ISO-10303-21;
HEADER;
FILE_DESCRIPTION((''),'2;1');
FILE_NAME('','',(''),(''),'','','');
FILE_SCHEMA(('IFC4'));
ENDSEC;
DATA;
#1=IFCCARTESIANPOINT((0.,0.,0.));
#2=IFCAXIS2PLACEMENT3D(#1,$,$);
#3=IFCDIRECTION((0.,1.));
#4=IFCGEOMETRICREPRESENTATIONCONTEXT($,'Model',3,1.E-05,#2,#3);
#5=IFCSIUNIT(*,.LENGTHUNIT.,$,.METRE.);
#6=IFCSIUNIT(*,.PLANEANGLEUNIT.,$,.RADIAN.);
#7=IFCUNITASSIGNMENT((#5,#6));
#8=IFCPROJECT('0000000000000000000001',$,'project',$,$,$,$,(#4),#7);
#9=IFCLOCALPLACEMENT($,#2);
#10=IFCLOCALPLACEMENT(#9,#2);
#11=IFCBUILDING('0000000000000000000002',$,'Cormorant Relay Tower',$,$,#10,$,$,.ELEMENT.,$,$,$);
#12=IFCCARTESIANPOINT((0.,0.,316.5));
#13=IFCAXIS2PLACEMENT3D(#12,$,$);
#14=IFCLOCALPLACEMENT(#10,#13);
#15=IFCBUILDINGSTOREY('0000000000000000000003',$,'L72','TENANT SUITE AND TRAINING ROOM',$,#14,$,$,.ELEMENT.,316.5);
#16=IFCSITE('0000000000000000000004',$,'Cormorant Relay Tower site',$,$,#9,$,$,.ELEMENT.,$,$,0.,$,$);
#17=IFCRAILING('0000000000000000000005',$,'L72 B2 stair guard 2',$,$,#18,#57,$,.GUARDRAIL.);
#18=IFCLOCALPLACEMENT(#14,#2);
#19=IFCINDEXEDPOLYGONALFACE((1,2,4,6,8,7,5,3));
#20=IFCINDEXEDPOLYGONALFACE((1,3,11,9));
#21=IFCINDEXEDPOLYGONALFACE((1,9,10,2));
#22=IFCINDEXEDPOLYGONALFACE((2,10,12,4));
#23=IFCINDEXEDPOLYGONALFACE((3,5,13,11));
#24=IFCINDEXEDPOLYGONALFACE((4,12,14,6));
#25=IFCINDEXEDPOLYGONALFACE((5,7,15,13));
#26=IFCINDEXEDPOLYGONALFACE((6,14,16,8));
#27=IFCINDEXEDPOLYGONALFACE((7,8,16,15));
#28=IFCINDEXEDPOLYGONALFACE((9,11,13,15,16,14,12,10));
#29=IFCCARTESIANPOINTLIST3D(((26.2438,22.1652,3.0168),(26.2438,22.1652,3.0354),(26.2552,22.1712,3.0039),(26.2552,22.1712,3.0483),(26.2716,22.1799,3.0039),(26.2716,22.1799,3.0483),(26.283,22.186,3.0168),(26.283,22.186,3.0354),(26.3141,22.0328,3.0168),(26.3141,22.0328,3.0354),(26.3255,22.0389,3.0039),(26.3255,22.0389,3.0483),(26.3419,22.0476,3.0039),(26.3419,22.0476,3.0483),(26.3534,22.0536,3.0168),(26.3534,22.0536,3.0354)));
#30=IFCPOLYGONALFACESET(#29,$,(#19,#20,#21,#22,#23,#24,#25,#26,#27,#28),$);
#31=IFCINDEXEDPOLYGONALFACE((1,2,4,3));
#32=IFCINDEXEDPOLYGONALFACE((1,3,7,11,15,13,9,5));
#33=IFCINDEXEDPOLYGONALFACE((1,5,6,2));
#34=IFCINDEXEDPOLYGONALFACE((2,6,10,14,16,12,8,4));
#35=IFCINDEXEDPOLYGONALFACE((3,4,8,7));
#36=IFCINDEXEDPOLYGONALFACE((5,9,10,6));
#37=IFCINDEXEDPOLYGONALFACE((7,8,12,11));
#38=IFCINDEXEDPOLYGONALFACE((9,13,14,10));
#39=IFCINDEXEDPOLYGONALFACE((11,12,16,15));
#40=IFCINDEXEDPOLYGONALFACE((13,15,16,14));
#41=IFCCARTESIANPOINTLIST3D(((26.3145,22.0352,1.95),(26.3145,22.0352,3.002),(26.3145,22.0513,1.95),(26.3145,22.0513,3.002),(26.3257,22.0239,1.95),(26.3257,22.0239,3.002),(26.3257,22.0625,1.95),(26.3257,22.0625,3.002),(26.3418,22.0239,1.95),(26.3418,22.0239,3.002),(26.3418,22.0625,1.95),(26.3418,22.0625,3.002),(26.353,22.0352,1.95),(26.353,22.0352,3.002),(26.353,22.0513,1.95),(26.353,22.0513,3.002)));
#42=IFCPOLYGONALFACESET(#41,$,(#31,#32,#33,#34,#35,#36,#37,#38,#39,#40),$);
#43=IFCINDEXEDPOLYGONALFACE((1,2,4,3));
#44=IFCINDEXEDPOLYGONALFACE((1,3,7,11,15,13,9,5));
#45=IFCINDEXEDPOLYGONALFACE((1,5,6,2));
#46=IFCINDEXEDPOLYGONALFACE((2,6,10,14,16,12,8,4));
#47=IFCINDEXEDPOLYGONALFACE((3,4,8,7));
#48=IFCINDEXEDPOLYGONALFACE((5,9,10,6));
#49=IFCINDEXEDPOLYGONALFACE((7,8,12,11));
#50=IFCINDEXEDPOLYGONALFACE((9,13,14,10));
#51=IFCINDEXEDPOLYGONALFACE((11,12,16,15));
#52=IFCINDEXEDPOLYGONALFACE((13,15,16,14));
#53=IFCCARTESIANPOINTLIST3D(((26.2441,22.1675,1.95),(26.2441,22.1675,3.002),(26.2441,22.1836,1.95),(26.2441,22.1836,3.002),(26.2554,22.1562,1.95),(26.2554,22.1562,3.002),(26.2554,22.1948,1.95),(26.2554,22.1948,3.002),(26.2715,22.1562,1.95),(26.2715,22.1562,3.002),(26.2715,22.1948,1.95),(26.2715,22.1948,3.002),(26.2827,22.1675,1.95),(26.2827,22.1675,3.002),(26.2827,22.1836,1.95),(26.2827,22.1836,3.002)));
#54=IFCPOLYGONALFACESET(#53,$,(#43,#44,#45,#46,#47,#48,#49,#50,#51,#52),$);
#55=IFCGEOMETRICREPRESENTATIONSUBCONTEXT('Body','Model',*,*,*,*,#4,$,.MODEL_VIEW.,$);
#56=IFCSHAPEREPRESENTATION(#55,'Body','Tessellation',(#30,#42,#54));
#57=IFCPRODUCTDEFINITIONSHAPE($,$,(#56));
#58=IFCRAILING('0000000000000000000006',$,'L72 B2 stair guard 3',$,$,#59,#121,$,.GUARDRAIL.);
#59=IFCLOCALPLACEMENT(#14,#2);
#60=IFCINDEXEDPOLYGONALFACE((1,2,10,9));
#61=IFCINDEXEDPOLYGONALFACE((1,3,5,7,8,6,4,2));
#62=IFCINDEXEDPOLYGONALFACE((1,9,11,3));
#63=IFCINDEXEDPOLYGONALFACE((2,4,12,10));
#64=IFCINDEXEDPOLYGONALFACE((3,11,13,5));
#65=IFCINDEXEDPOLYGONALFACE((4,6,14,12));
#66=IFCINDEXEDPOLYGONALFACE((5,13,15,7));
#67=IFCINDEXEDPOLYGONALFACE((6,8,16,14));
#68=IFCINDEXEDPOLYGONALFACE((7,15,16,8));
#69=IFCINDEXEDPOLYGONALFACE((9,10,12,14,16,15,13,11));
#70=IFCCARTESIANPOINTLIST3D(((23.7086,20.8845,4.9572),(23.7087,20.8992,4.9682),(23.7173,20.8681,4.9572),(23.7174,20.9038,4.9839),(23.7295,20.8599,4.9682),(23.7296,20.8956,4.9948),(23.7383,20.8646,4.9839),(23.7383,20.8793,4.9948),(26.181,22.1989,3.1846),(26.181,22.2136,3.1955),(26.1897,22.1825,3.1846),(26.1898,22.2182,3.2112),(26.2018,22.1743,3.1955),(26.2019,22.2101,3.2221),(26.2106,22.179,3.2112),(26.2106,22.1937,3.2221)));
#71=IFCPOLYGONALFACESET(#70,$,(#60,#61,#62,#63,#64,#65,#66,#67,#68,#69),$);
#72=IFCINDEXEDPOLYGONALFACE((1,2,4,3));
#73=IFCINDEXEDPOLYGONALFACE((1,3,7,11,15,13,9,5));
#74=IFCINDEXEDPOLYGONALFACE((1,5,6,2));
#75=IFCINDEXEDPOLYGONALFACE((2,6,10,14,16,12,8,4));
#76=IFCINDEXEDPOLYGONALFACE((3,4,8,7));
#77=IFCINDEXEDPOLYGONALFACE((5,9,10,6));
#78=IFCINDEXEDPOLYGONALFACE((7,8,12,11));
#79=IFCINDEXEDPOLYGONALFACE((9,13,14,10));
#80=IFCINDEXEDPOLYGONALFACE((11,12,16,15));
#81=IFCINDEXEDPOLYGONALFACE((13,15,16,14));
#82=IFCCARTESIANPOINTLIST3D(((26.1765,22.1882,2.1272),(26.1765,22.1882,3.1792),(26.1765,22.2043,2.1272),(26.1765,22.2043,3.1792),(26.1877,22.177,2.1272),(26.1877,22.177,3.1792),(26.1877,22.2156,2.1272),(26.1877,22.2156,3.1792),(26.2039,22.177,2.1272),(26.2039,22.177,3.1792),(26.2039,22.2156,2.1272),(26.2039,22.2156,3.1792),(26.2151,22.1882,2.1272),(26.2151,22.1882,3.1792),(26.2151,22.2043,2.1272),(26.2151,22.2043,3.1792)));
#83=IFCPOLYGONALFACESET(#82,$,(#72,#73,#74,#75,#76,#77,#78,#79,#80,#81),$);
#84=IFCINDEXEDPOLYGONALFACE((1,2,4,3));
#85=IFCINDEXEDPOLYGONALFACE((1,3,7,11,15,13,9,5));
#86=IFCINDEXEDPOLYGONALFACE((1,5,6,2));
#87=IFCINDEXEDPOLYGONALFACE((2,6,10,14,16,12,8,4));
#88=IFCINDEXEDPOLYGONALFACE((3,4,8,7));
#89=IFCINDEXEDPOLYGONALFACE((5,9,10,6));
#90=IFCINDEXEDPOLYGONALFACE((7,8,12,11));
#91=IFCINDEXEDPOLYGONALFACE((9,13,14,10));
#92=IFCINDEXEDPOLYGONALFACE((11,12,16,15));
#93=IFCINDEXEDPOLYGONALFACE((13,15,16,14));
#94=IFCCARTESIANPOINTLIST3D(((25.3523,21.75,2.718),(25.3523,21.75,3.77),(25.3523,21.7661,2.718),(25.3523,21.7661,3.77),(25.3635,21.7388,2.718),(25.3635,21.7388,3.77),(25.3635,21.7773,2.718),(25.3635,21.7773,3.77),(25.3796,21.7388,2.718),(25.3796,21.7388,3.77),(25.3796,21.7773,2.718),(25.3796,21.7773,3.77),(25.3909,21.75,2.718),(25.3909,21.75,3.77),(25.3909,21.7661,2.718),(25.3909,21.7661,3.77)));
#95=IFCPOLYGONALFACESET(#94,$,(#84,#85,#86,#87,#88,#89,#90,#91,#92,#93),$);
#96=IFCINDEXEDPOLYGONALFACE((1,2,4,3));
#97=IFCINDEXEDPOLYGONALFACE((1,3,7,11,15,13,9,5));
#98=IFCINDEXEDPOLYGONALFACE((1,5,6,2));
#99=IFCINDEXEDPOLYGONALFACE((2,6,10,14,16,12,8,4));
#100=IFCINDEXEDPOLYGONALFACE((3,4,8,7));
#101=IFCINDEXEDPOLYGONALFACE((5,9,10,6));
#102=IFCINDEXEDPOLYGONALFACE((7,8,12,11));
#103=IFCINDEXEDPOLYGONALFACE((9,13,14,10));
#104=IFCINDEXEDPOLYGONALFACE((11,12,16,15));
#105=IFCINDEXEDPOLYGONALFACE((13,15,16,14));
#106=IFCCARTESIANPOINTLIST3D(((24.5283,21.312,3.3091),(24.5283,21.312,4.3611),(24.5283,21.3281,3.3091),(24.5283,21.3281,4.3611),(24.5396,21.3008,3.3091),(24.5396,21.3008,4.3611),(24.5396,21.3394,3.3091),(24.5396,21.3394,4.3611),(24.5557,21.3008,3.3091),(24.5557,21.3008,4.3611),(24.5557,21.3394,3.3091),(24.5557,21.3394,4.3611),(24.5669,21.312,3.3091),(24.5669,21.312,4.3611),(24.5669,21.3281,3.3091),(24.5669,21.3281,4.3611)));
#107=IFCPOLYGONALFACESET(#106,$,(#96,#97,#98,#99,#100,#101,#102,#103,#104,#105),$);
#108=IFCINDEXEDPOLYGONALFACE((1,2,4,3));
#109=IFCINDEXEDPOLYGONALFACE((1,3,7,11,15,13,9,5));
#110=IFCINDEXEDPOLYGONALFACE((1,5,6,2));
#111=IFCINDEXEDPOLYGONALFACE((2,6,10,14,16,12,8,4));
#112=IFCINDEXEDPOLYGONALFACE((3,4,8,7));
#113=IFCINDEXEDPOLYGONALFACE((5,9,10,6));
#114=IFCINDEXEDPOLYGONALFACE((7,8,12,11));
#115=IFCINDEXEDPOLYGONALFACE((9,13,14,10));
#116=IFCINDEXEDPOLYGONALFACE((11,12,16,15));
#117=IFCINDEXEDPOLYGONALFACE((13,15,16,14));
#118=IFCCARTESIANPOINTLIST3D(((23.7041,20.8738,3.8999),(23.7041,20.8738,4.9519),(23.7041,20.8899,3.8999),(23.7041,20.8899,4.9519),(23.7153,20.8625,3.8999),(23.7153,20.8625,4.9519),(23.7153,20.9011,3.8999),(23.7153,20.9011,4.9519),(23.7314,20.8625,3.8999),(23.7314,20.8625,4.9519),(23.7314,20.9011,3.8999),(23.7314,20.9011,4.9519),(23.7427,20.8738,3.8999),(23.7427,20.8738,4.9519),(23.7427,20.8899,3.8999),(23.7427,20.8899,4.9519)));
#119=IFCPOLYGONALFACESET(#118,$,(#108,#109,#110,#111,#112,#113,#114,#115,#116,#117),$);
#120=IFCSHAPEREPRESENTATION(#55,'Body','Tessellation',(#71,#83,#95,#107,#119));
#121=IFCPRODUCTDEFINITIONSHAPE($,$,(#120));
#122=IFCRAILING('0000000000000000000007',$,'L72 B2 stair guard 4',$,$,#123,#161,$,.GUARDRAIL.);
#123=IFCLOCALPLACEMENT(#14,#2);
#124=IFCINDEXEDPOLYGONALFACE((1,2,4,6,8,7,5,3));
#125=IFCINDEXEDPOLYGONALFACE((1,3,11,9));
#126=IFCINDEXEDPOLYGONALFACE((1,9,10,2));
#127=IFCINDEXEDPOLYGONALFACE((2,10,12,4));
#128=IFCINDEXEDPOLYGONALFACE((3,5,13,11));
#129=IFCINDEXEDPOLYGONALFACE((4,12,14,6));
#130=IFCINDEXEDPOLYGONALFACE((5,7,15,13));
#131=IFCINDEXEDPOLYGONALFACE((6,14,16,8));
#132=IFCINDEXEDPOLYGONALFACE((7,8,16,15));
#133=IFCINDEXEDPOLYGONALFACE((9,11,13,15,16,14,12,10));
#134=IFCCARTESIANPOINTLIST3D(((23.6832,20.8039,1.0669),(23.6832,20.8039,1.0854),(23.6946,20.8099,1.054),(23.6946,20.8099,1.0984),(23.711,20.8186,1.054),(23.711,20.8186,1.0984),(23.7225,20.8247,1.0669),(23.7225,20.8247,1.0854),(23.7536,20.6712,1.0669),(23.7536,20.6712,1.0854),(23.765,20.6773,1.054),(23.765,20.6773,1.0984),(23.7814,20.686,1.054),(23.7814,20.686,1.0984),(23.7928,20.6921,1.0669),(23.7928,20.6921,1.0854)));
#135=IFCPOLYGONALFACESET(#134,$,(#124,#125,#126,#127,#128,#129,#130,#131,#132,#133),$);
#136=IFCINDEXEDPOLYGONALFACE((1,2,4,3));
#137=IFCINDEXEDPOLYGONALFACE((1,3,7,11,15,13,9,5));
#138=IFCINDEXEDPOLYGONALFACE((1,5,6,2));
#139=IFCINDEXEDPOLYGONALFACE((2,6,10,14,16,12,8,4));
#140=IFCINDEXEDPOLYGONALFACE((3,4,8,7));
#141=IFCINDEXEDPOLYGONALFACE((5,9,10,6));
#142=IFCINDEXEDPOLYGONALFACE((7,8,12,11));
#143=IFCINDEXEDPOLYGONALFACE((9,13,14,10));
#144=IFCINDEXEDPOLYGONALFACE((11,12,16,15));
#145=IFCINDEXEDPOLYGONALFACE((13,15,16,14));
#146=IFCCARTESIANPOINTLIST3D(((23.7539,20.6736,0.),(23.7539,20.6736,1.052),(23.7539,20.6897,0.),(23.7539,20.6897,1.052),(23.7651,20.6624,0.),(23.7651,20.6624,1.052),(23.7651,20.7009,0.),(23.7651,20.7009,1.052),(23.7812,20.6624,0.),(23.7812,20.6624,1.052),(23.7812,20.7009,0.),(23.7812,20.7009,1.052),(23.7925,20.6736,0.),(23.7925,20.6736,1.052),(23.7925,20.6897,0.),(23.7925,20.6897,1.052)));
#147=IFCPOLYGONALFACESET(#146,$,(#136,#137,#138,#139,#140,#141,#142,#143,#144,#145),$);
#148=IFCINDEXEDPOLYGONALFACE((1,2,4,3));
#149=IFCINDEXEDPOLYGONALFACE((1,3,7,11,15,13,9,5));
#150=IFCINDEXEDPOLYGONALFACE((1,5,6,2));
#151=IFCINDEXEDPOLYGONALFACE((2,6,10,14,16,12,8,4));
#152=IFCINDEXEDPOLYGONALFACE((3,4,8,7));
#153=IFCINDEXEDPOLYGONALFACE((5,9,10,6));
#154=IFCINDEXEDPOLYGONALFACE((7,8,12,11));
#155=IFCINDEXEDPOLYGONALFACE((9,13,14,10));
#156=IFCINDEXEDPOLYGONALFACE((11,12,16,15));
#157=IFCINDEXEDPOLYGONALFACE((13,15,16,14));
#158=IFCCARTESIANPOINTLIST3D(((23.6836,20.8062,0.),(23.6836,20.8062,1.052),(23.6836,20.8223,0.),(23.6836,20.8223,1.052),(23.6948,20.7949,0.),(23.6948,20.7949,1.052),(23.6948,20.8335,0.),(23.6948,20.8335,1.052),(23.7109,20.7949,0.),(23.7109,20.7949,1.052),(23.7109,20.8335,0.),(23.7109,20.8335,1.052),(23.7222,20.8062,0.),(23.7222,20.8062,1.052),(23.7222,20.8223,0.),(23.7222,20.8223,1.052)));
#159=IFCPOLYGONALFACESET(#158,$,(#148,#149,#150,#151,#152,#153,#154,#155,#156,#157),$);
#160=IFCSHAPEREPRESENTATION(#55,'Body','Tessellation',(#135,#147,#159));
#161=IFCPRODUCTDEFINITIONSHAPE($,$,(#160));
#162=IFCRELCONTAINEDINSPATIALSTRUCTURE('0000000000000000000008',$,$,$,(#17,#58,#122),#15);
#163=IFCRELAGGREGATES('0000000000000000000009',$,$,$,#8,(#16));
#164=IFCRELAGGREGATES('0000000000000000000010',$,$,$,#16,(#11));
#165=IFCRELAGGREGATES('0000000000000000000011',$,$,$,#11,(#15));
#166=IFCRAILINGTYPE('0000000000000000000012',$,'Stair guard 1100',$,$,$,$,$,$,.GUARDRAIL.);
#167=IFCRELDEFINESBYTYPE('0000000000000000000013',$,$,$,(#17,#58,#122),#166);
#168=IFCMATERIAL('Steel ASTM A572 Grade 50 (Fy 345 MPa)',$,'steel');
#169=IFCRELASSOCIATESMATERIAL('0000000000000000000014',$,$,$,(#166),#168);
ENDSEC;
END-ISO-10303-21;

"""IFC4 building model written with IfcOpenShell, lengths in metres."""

from ifc_helpers import new_model, si_unit, direction, frame, origin, place, context, subcontext, project, spatial, polyline, outline, extrude, material, type_object, element, save


model = new_model("IFC4")

# Units and contexts
model_context = context("Model", 3, precision=1e-05, world=origin(), true_north=direction((0.0, 1.0)))
body_context = subcontext(model_context, "Body", "Model", "MODEL_VIEW")
ifc_project = project(units=[si_unit("LENGTHUNIT", "METRE"), si_unit("PLANEANGLEUNIT", "RADIAN")], contexts=[model_context])

# Site, building, storey
site_placement = place(None, origin())
site = spatial("IfcSite", under=ifc_project, at=site_placement, Name="Cormorant Relay Tower site", CompositionType="ELEMENT", RefElevation=0.0)
building_placement = place(site_placement, origin())
building = spatial("IfcBuilding", under=site, at=building_placement, Name="Cormorant Relay Tower", CompositionType="ELEMENT")
storey_placement = place(building_placement, frame((0.0, 0.0, 316.5)))
storey = spatial("IfcBuildingStorey", under=building, at=storey_placement, Name="L72", Description="TENANT SUITE AND TRAINING ROOM", CompositionType="ELEMENT", Elevation=316.5)

# Railings
ifc_material_1 = material(Name="Steel ASTM A572 Grade 50 (Fy 345 MPa)", Category="steel")
railing_type_1 = type_object("IfcRailingType", Name="Stair guard 1100", PredefinedType="GUARDRAIL", material=ifc_material_1)
railing_1_placement = place(storey_placement, frame((26.3337, 22.0432, 1.95)))
element("IfcRailing", 1, at=railing_1_placement, inside=storey, type_object=railing_type_1, Name="L72 B2 stair guard 2", PredefinedType="GUARDRAIL", context=body_context, shape_type="SweptSolid", body=[
    extrude(outline(polyline([(0.0222, 0.0093), (0.0093, 0.0222), (-0.0093, 0.0222), (-0.0222, 0.0093), (-0.0222, -0.0093), (-0.0093, -0.0222), (0.0093, -0.0222), (0.0222, -0.0093), (0.0222, 0.0093)])), frame((0.0, 0.0, 1.0762), z_axis=(-0.469235, 0.883074, 0.0), x_axis=(-0.883074, -0.469235, 0.0)), (0.0, 0.0, 1.0), 0.1499),
    extrude(outline(polyline([(0.0193, 0.0081), (0.0081, 0.0193), (-0.0081, 0.0193), (-0.0193, 0.0081), (-0.0193, -0.0081), (-0.0081, -0.0193), (0.0081, -0.0193), (0.0193, -0.0081), (0.0193, 0.0081)])), origin(), (0.0, 0.0, 1.0), 1.052),
    extrude(outline(polyline([(0.0193, 0.0081), (0.0081, 0.0193), (-0.0081, 0.0193), (-0.0193, 0.0081), (-0.0193, -0.0081), (-0.0081, -0.0193), (0.0081, -0.0193), (0.0193, -0.0081), (0.0193, 0.0081)])), frame((-0.0703, 0.1323, 0.0)), (0.0, 0.0, 1.0), 1.052),
])
railing_2_placement = place(storey_placement, frame((26.1958, 22.1963, 2.1272)))
element("IfcRailing", 2, at=railing_2_placement, inside=storey, type_object=railing_type_1, Name="L72 B2 stair guard 3", PredefinedType="GUARDRAIL", context=body_context, shape_type="SweptSolid", body=[
    extrude(outline(polyline([(0.0222, 0.0093), (0.0093, 0.0222), (-0.0093, 0.0222), (-0.0222, 0.0093), (-0.0222, -0.0093), (-0.0093, -0.0222), (0.0093, -0.0222), (0.0222, -0.0093), (0.0222, 0.0093)])), frame((0.0, 0.0, 1.0762), z_axis=(-0.746034, -0.396627, 0.534902), x_axis=(0.469429, -0.88297, 0.0)), (0.0, 0.0, 1.0), 3.314),
    extrude(outline(polyline([(0.0193, 0.0081), (0.0081, 0.0193), (-0.0081, 0.0193), (-0.0193, 0.0081), (-0.0193, -0.0081), (-0.0081, -0.0193), (0.0081, -0.0193), (0.0193, -0.0081), (0.0193, 0.0081)])), origin(), (0.0, 0.0, 1.0), 1.052),
    extrude(outline(polyline([(0.0193, 0.0081), (0.0081, 0.0193), (-0.0081, 0.0193), (-0.0193, 0.0081), (-0.0193, -0.0081), (-0.0081, -0.0193), (0.0081, -0.0193), (0.0193, -0.0081), (0.0193, 0.0081)])), frame((-0.8242, -0.4382, 0.5908)), (0.0, 0.0, 1.0), 1.052),
    extrude(outline(polyline([(0.0193, 0.0081), (0.0081, 0.0193), (-0.0081, 0.0193), (-0.0193, 0.0081), (-0.0193, -0.0081), (-0.0081, -0.0193), (0.0081, -0.0193), (0.0193, -0.0081), (0.0193, 0.0081)])), frame((-1.6482, -0.8762, 1.1819)), (0.0, 0.0, 1.0), 1.052),
    extrude(outline(polyline([(0.0193, 0.0081), (0.0081, 0.0193), (-0.0081, 0.0193), (-0.0193, 0.0081), (-0.0193, -0.0081), (-0.0081, -0.0193), (0.0081, -0.0193), (0.0193, -0.0081), (0.0193, 0.0081)])), frame((-2.4724, -1.3145, 1.7727)), (0.0, 0.0, 1.0), 1.052),
])
railing_3_placement = place(storey_placement, frame((23.7732, 20.6816, 0.0)))
element("IfcRailing", 3, at=railing_3_placement, inside=storey, type_object=railing_type_1, Name="L72 B2 stair guard 4", PredefinedType="GUARDRAIL", context=body_context, shape_type="SweptSolid", body=[
    extrude(outline(polyline([(0.0222, 0.0093), (0.0093, 0.0222), (-0.0093, 0.0222), (-0.0222, 0.0093), (-0.0222, -0.0093), (-0.0093, -0.0222), (0.0093, -0.0222), (0.0222, -0.0093), (0.0222, 0.0093)])), frame((0.0, 0.0, 1.0762), z_axis=(-0.46856, 0.883431, 0.0), x_axis=(-0.883431, -0.46856, 0.0)), (0.0, 0.0, 1.0), 0.1501),
    extrude(outline(polyline([(0.0193, 0.0081), (0.0081, 0.0193), (-0.0081, 0.0193), (-0.0193, 0.0081), (-0.0193, -0.0081), (-0.0081, -0.0193), (0.0081, -0.0193), (0.0193, -0.0081), (0.0193, 0.0081)])), origin(), (0.0, 0.0, 1.0), 1.052),
    extrude(outline(polyline([(0.0193, 0.0081), (0.0081, 0.0193), (-0.0081, 0.0193), (-0.0193, 0.0081), (-0.0193, -0.0081), (-0.0081, -0.0193), (0.0081, -0.0193), (0.0193, -0.0081), (0.0193, 0.0081)])), frame((-0.0703, 0.1326, 0.0)), (0.0, 0.0, 1.0), 1.052),
])

save(model, "model.ifc")
